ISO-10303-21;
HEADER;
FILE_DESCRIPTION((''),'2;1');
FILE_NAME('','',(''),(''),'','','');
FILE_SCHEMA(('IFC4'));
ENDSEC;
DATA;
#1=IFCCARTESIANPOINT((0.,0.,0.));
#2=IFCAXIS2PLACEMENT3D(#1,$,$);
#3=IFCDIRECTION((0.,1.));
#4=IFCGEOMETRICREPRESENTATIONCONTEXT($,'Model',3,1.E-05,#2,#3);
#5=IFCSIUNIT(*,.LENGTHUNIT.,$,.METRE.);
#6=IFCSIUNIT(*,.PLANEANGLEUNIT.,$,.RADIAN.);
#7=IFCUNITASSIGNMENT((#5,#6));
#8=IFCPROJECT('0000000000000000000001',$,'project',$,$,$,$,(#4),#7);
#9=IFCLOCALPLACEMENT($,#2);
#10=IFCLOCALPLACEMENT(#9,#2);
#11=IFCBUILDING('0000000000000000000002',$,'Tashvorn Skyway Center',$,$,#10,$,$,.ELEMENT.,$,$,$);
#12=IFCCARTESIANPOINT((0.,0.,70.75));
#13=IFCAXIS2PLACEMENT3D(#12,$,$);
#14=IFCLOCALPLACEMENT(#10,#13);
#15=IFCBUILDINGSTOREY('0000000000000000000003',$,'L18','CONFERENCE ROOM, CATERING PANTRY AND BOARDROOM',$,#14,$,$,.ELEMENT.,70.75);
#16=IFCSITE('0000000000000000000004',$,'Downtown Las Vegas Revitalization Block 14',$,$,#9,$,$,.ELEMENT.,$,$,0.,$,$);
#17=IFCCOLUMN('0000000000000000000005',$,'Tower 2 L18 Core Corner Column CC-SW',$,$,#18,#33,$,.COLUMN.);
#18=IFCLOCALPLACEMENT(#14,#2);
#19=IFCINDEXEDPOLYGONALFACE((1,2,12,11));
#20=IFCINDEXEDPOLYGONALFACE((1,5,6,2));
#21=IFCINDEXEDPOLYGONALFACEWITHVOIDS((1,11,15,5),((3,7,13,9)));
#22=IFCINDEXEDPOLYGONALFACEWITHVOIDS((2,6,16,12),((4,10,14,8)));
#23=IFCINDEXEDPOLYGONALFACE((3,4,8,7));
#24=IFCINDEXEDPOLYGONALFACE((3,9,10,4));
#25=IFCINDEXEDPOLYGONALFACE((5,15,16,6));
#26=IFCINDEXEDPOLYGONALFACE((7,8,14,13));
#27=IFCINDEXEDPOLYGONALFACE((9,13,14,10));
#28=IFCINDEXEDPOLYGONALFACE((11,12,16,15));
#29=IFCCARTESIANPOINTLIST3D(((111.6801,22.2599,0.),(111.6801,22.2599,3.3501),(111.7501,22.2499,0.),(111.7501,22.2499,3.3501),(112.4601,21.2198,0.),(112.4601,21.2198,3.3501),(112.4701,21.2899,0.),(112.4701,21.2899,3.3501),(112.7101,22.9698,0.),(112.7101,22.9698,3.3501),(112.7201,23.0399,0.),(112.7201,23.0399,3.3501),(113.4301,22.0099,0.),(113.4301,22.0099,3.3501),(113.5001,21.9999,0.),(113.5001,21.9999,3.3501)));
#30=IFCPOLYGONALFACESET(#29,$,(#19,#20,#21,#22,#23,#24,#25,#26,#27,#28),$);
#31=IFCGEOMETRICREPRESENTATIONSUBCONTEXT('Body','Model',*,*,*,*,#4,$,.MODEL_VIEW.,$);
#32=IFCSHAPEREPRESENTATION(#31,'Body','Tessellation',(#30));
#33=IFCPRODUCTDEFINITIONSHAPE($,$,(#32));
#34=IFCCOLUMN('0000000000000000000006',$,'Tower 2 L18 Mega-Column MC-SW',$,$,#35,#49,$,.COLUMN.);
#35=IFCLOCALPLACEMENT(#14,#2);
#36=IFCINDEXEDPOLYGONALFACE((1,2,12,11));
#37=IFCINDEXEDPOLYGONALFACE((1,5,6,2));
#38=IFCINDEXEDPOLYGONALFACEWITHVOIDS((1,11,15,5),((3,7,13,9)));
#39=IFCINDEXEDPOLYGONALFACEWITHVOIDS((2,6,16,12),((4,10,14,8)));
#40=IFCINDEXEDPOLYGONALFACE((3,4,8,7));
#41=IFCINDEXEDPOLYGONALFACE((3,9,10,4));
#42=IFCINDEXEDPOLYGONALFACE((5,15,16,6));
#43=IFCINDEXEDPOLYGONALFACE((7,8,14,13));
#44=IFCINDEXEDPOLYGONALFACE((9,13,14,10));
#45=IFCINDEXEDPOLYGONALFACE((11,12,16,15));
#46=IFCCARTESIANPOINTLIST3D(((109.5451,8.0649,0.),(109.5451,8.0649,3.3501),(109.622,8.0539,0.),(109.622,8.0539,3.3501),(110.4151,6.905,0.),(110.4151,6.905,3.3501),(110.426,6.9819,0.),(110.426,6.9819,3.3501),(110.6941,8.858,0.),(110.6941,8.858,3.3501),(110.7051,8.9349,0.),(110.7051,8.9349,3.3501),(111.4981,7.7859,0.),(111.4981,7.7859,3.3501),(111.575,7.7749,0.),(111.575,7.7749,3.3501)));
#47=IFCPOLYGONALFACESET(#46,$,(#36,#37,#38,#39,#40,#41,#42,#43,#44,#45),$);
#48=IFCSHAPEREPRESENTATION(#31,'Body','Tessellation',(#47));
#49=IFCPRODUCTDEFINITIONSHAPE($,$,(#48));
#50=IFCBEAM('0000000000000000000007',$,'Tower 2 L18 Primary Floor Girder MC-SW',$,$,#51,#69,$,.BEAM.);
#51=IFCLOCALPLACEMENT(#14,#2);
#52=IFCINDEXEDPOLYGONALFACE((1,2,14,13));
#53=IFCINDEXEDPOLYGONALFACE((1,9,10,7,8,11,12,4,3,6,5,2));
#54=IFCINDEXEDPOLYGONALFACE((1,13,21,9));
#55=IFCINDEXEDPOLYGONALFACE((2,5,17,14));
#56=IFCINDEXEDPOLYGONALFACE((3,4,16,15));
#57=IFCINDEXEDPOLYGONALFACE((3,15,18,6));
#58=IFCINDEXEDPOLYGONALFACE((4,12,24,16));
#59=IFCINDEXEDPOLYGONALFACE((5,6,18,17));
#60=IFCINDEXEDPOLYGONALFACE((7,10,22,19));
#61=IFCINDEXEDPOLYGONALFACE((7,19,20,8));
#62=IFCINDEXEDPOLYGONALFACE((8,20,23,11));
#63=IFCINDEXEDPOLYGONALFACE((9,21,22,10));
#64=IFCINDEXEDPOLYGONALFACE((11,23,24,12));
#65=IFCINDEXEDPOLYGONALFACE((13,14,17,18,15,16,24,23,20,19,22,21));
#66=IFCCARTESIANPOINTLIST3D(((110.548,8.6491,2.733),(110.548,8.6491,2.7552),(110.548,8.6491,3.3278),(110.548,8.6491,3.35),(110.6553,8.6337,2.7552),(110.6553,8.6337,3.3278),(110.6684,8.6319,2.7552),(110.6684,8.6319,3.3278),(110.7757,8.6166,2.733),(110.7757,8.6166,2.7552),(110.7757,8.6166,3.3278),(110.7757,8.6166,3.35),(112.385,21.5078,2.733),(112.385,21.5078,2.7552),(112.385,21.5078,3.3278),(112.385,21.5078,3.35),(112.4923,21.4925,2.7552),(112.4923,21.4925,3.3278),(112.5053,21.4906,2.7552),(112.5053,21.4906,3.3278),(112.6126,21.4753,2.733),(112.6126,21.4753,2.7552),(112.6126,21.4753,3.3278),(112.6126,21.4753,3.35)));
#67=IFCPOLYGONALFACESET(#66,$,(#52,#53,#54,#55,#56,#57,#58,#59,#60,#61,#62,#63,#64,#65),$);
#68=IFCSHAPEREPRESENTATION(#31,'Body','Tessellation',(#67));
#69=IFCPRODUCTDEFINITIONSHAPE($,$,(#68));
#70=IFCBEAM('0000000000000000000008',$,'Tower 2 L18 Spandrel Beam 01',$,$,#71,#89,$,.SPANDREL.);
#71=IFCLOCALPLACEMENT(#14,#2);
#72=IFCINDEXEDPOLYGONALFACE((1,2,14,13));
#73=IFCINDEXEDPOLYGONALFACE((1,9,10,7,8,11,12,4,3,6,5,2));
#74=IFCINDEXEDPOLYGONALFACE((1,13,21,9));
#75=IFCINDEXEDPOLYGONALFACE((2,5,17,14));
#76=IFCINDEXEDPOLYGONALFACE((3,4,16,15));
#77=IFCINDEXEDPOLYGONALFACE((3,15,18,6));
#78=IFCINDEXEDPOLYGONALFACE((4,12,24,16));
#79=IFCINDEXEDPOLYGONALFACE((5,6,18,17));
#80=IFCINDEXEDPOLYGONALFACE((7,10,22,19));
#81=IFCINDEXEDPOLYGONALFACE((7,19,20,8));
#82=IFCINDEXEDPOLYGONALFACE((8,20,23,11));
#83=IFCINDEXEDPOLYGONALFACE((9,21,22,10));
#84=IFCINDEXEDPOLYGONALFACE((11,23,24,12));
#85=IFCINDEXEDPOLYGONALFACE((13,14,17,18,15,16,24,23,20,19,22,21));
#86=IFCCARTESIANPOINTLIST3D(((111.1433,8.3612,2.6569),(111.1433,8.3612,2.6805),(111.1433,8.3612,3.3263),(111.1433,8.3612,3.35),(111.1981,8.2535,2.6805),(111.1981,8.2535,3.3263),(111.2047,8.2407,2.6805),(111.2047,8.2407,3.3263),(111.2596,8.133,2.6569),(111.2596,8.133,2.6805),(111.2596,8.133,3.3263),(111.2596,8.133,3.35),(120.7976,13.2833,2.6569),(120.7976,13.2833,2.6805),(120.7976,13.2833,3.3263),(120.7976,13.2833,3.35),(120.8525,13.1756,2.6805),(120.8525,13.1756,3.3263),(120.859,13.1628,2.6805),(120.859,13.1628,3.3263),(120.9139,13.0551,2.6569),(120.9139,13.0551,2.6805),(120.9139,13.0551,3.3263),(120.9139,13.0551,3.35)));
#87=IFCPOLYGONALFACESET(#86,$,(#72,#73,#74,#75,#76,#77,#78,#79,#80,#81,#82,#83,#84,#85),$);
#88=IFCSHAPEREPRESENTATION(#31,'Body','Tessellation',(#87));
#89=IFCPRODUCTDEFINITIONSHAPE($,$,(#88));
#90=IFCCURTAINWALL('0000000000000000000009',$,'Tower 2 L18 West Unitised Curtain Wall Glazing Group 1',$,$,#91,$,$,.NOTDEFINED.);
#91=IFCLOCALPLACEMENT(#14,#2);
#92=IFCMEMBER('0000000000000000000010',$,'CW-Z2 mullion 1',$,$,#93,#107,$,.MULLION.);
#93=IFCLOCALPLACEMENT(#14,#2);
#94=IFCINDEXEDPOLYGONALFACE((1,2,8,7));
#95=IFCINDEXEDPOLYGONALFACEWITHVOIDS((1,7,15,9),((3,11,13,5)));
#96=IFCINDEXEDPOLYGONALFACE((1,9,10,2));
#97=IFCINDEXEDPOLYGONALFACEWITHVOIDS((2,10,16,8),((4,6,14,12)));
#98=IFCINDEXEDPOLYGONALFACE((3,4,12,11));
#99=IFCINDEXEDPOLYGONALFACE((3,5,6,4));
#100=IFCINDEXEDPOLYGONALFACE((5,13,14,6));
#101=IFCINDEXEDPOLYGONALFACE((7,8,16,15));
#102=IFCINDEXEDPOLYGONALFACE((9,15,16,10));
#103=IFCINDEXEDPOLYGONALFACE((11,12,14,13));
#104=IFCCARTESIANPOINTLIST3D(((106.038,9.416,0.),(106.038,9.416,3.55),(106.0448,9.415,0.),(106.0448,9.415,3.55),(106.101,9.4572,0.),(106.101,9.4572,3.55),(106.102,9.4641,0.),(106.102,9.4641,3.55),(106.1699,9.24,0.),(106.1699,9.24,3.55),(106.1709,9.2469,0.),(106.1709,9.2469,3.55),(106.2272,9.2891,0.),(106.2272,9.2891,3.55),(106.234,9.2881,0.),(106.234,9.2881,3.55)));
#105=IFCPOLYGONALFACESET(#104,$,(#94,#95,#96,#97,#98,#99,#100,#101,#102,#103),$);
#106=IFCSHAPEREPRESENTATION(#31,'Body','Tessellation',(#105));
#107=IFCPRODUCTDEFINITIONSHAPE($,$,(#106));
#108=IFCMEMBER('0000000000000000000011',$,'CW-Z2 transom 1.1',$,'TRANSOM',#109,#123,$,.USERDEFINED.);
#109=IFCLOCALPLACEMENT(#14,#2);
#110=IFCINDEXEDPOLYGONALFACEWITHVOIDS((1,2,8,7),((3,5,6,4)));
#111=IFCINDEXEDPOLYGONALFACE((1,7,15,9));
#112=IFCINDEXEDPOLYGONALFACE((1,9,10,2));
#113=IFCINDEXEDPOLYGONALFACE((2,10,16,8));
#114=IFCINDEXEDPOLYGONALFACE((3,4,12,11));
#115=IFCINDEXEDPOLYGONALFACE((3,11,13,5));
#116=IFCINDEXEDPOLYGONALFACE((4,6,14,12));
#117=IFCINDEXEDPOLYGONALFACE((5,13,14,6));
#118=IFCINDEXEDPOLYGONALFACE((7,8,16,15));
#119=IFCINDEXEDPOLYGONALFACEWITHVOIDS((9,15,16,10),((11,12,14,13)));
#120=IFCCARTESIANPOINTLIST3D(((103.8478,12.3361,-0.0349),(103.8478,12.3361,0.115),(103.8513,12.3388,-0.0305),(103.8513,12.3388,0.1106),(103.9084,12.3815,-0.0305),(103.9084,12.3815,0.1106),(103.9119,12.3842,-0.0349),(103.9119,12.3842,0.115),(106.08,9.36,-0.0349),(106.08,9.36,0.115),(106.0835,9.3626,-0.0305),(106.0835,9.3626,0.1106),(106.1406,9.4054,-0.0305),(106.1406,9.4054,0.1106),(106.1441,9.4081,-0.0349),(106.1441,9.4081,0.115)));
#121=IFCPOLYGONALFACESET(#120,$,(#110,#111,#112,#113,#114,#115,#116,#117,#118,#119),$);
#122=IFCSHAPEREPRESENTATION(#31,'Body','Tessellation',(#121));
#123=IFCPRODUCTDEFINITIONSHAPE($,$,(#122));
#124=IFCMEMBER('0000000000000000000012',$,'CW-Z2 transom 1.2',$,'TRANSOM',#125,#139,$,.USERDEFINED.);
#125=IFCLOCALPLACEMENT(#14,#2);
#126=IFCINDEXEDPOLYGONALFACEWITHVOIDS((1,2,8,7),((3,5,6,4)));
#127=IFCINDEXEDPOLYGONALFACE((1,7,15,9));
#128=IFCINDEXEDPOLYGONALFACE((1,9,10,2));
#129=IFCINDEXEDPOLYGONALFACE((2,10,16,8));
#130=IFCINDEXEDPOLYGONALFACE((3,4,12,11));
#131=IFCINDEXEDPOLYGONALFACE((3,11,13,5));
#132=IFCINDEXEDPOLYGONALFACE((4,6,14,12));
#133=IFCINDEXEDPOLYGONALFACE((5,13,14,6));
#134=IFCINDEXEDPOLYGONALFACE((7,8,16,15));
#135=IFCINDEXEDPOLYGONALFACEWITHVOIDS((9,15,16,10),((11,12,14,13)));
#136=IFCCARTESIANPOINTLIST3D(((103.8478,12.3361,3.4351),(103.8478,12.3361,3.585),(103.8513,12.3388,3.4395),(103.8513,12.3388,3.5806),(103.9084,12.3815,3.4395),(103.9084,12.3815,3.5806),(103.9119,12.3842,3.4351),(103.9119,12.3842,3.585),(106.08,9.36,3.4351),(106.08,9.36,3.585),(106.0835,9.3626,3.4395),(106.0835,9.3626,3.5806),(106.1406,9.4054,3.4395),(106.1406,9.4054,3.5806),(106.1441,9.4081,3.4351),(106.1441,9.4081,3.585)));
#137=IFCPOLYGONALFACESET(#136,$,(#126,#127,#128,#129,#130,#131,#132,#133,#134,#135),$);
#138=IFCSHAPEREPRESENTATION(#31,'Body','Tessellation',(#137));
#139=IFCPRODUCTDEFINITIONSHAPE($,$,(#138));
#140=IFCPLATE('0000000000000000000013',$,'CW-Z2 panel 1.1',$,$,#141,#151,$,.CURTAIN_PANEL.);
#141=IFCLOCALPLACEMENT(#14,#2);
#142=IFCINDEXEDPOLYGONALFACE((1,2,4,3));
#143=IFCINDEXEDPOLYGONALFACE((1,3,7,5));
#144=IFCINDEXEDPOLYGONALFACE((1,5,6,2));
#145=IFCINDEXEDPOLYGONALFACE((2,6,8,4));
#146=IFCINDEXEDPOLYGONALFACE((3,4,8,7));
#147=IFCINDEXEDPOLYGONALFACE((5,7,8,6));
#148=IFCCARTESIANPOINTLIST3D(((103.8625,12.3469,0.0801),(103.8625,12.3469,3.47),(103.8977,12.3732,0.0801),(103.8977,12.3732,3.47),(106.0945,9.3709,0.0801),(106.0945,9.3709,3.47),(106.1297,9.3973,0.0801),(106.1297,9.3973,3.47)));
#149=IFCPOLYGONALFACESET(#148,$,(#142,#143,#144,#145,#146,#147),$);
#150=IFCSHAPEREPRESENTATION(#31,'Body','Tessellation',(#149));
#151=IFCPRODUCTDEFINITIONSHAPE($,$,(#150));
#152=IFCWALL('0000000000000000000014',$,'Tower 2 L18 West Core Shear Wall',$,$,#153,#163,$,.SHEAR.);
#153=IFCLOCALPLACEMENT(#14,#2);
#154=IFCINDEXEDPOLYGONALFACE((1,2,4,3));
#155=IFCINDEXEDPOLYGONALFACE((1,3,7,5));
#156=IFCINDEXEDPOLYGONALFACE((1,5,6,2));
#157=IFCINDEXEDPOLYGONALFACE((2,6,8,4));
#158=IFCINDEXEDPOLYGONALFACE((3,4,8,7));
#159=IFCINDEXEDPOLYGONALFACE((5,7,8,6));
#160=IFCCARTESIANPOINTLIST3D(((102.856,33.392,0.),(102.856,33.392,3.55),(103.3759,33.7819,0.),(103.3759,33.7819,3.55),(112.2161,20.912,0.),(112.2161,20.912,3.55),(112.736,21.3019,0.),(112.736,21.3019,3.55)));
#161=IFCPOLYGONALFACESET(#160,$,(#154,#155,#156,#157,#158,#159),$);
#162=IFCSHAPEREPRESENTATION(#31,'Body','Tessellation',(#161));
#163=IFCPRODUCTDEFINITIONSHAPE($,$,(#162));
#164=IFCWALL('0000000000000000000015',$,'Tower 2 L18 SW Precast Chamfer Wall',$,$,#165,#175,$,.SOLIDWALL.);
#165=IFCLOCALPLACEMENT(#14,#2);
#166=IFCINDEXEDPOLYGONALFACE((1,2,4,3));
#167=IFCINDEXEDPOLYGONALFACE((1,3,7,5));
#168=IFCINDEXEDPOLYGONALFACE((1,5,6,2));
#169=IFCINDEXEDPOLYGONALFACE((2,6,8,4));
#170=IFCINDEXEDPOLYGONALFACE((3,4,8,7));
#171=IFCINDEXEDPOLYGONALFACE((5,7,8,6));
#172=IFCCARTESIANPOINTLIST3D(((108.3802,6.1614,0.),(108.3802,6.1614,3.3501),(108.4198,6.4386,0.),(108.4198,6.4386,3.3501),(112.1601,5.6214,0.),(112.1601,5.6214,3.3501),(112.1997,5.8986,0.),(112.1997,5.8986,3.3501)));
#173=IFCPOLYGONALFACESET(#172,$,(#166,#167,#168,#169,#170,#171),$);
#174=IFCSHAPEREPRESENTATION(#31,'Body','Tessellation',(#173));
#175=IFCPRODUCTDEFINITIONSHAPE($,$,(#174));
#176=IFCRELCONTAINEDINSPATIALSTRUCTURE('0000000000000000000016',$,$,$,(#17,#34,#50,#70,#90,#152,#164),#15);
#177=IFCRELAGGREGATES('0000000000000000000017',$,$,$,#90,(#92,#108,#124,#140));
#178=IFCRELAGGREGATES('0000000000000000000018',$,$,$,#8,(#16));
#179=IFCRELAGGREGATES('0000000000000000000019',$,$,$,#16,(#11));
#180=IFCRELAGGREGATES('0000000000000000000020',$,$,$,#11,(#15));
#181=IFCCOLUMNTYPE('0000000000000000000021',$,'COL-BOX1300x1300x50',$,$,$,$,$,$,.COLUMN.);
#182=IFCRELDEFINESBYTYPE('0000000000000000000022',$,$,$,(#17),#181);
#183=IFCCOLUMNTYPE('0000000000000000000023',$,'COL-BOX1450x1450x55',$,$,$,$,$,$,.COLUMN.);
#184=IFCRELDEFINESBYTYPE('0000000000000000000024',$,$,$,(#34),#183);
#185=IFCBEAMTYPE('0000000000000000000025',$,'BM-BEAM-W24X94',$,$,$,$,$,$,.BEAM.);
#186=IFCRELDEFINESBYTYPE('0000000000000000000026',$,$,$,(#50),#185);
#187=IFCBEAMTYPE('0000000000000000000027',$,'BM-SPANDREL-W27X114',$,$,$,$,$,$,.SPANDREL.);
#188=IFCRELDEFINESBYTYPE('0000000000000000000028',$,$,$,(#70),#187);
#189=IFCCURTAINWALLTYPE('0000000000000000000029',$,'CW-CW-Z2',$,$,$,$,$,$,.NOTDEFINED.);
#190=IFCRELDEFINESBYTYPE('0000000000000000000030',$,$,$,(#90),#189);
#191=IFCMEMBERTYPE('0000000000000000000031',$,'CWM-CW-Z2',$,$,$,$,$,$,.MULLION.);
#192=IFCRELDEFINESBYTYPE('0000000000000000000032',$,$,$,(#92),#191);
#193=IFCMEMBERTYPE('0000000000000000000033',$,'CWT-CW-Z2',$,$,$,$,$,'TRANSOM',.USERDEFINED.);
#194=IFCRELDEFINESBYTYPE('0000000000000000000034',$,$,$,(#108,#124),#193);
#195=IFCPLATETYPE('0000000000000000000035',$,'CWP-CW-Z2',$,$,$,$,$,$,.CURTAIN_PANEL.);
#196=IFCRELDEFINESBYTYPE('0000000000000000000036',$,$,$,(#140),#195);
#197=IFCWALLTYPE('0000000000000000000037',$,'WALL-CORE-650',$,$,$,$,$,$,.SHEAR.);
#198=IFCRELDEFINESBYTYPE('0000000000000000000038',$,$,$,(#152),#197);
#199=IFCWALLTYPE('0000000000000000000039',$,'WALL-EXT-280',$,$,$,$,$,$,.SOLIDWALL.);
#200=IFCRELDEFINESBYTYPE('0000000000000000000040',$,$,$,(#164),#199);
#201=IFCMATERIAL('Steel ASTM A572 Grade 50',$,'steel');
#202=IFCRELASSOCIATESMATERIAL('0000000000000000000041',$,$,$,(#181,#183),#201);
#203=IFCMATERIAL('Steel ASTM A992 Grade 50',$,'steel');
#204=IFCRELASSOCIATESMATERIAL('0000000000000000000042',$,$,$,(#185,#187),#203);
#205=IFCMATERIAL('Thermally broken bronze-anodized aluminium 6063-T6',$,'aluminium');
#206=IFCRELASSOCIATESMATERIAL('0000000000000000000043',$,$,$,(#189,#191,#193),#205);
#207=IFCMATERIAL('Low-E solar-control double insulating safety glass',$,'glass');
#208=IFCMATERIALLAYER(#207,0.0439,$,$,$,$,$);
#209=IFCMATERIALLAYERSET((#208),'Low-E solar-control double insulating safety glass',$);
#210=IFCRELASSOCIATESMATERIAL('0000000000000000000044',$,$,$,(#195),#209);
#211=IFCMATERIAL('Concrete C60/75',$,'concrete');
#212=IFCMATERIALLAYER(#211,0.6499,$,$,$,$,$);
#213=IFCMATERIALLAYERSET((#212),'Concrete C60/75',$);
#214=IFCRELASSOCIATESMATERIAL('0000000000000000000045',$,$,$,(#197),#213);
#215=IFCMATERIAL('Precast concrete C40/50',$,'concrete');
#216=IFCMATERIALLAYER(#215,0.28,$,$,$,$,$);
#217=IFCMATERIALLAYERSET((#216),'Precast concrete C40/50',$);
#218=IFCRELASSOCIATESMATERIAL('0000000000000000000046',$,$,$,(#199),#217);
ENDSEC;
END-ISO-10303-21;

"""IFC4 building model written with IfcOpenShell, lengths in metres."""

from ifc_helpers import new_model, si_unit, direction, frame, frame_2d, origin, origin_2d, place, context, subcontext, project, spatial, rectangle, hollow_rectangle, i_section, extrude, material, layer, layer_set, material_profile, profile_set, type_object, element, aggregate, save


model = new_model("IFC4")

# Units and contexts
model_context = context("Model", 3, precision=1e-05, world=origin(), true_north=direction((0.0, 1.0)))
body_context = subcontext(model_context, "Body", "Model", "MODEL_VIEW")
ifc_project = project(units=[si_unit("LENGTHUNIT", "METRE"), si_unit("PLANEANGLEUNIT", "RADIAN")], contexts=[model_context])

# Site, building, storey
site_placement = place(None, origin())
site = spatial("IfcSite", under=ifc_project, at=site_placement, Name="Downtown Las Vegas Revitalization Block 14", CompositionType="ELEMENT", RefElevation=0.0)
building_placement = place(site_placement, origin())
building = spatial("IfcBuilding", under=site, at=building_placement, Name="Tashvorn Skyway Center", CompositionType="ELEMENT")
storey_placement = place(building_placement, frame((0.0, 0.0, 70.75)))
storey = spatial("IfcBuildingStorey", under=building, at=storey_placement, Name="L18", Description="CONFERENCE ROOM, CATERING PANTRY AND BOARDROOM", CompositionType="ELEMENT", Elevation=70.75)

# Columns
ifc_material_1 = material(Name="Steel ASTM A572 Grade 50", Category="steel")
ifc_material_profile_1 = material_profile(ifc_material_1, hollow_rectangle(XDim=1.3, YDim=1.3, WallThickness=0.05, at=origin_2d()), Name="BOX1300x1300x50")
ifc_profile_set_1 = profile_set([ifc_material_profile_1], Name="Steel ASTM A572 Grade 50")
column_type_1 = type_object("IfcColumnType", Name="COL-BOX1300x1300x50", PredefinedType="COLUMN", material=ifc_profile_set_1)
column_1_placement = place(storey_placement, frame((112.5901, 22.1299, 0.0), z_axis=(0.0, 0.0, 1.0), x_axis=(0.8, 0.6, 0.0)))
element("IfcColumn", 1, at=column_1_placement, inside=storey, type_object=column_type_1, Name="Tower 2 L18 Core Corner Column CC-SW", PredefinedType="COLUMN", context=body_context, shape_type="SweptSolid", body=[
    extrude(hollow_rectangle(XDim=1.3, YDim=1.3, WallThickness=0.05, at=origin_2d()), origin(), (0.0, 0.0, 1.0), 3.3501),
])
ifc_material_profile_2 = material_profile(ifc_material_1, hollow_rectangle(XDim=1.45, YDim=1.45, WallThickness=0.0549, at=origin_2d()), Name="BOX1450x1450x55")
ifc_profile_set_2 = profile_set([ifc_material_profile_2], Name="Steel ASTM A572 Grade 50")
column_type_2 = type_object("IfcColumnType", Name="COL-BOX1450x1450x55", PredefinedType="COLUMN", material=ifc_profile_set_2)
column_2_placement = place(storey_placement, frame((110.5601, 7.9199, 0.0), z_axis=(0.0, 0.0, 1.0), x_axis=(0.8, 0.6, 0.0)))
element("IfcColumn", 2, at=column_2_placement, inside=storey, type_object=column_type_2, Name="Tower 2 L18 Mega-Column MC-SW", PredefinedType="COLUMN", context=body_context, shape_type="SweptSolid", body=[
    extrude(hollow_rectangle(XDim=1.45, YDim=1.45, WallThickness=0.0549, at=origin_2d()), origin(), (0.0, 0.0, 1.0), 3.3501),
])

# Beams
ifc_material_2 = material(Name="Steel ASTM A992 Grade 50", Category="steel")
ifc_material_profile_3 = material_profile(ifc_material_2, i_section(OverallWidth=0.23, OverallDepth=0.6169, WebThickness=0.0132, FlangeThickness=0.0222, at=origin_2d()), Name="W24X94")
ifc_profile_set_3 = profile_set([ifc_material_profile_3], Name="Steel ASTM A992 Grade 50")
beam_type_1 = type_object("IfcBeamType", Name="BM-BEAM-W24X94", PredefinedType="BEAM", material=ifc_profile_set_3)
beam_1_placement = place(storey_placement, frame((110.6619, 8.6328, 3.0415), z_axis=(0.141419, 0.98995, 0.0), x_axis=(-0.98995, 0.141419, 0.0)))
element("IfcBeam", 3, at=beam_1_placement, inside=storey, type_object=beam_type_1, Name="Tower 2 L18 Primary Floor Girder MC-SW", PredefinedType="BEAM", context=body_context, shape_type="SweptSolid", body=[
    extrude(i_section(OverallWidth=0.23, OverallDepth=0.6169, WebThickness=0.0132, FlangeThickness=0.0222, at=origin_2d()), origin(), (0.0, 0.0, 1.0), 12.9893),
])
ifc_material_profile_4 = material_profile(ifc_material_2, i_section(OverallWidth=0.2561, OverallDepth=0.6931, WebThickness=0.0144, FlangeThickness=0.0237, at=origin_2d()), Name="W27X114")
ifc_profile_set_4 = profile_set([ifc_material_profile_4], Name="Steel ASTM A992 Grade 50")
beam_type_2 = type_object("IfcBeamType", Name="BM-SPANDREL-W27X114", PredefinedType="SPANDREL", material=ifc_profile_set_4)
beam_2_placement = place(storey_placement, frame((111.2014, 8.2471, 3.0034), z_axis=(0.890894, 0.454211, 0.0), x_axis=(-0.454211, 0.890894, 0.0)))
element("IfcBeam", 4, at=beam_2_placement, inside=storey, type_object=beam_type_2, Name="Tower 2 L18 Spandrel Beam 01", PredefinedType="SPANDREL", context=body_context, shape_type="SweptSolid", body=[
    extrude(i_section(OverallWidth=0.2561, OverallDepth=0.6931, WebThickness=0.0144, FlangeThickness=0.0237, at=origin_2d()), origin(), (0.0, 0.0, 1.0), 10.8367),
])

# Curtain wall, members, plate
ifc_material_3 = material(Name="Thermally broken bronze-anodized aluminium 6063-T6", Category="aluminium")
curtain_wall_type = type_object("IfcCurtainWallType", Name="CW-CW-Z2", PredefinedType="NOTDEFINED", material=ifc_material_3)
curtain_wall_placement = place(storey_placement, origin())
curtain_wall = element("IfcCurtainWall", 5, at=curtain_wall_placement, inside=storey, type_object=curtain_wall_type, Name="Tower 2 L18 West Unitised Curtain Wall Glazing Group 1", PredefinedType="NOTDEFINED")
ifc_material_profile_5 = material_profile(ifc_material_3, hollow_rectangle(XDim=0.0801, YDim=0.22, WallThickness=0.0049, at=origin_2d()), Name="ALU-MULL-80x220")
ifc_profile_set_5 = profile_set([ifc_material_profile_5], Name="Thermally broken bronze-anodized aluminium 6063-T6")
member_type_1 = type_object("IfcMemberType", Name="CWM-CW-Z2", PredefinedType="MULLION", material=ifc_profile_set_5)
member_1_placement = place(storey_placement, frame((106.136, 9.3521, 0.0), z_axis=(0.0, 0.0, 1.0), x_axis=(-0.8, -0.6, 0.0)))
member_1 = element("IfcMember", 6, at=member_1_placement, type_object=member_type_1, Name="CW-Z2 mullion 1", PredefinedType="MULLION", context=body_context, shape_type="SweptSolid", body=[
    extrude(hollow_rectangle(XDim=0.0801, YDim=0.22, WallThickness=0.0049, at=origin_2d()), origin(), (0.0, 0.0, 1.0), 3.55),
])
ifc_material_profile_6 = material_profile(ifc_material_3, hollow_rectangle(XDim=0.0801, YDim=0.1499, WallThickness=0.0044, at=origin_2d()), Name="ALU-TRAN-80x150")
ifc_profile_set_6 = profile_set([ifc_material_profile_6], Name="Thermally broken bronze-anodized aluminium 6063-T6")
member_type_2 = type_object("IfcMemberType", Name="CWT-CW-Z2", ElementType="TRANSOM", PredefinedType="USERDEFINED", material=ifc_profile_set_6)
member_2_placement = place(storey_placement, frame((106.1121, 9.384, 0.04), z_axis=(-0.600021, 0.799984, 0.0), x_axis=(-0.799984, -0.600021, 0.0)))
member_2 = element("IfcMember", 7, at=member_2_placement, type_object=member_type_2, Name="CW-Z2 transom 1.1", ObjectType="TRANSOM", PredefinedType="USERDEFINED", context=body_context, shape_type="SweptSolid", body=[
    extrude(hollow_rectangle(XDim=0.0801, YDim=0.1499, WallThickness=0.0044, at=origin_2d()), origin(), (0.0, 0.0, 1.0), 3.7202),
])
member_3_placement = place(storey_placement, frame((106.1121, 9.384, 3.51), z_axis=(-0.600021, 0.799984, 0.0), x_axis=(-0.799984, -0.600021, 0.0)))
member_3 = element("IfcMember", 8, at=member_3_placement, type_object=member_type_2, Name="CW-Z2 transom 1.2", ObjectType="TRANSOM", PredefinedType="USERDEFINED", context=body_context, shape_type="SweptSolid", body=[
    extrude(hollow_rectangle(XDim=0.0801, YDim=0.1499, WallThickness=0.0044, at=origin_2d()), origin(), (0.0, 0.0, 1.0), 3.7202),
])
ifc_material_4 = material(Name="Low-E solar-control double insulating safety glass", Category="glass")
ifc_layer_1 = layer(ifc_material_4, 0.0439)
ifc_layer_set_1 = layer_set([ifc_layer_1], Name="Low-E solar-control double insulating safety glass")
plate_type = type_object("IfcPlateType", Name="CWP-CW-Z2", PredefinedType="CURTAIN_PANEL", material=ifc_layer_set_1)
plate_placement = place(storey_placement, frame((104.9961, 10.8721, 0.0801), z_axis=(0.0, 0.0, 1.0), x_axis=(-0.6, 0.8, 0.0)))
plate = element("IfcPlate", 9, at=plate_placement, type_object=plate_type, Name="CW-Z2 panel 1.1", PredefinedType="CURTAIN_PANEL", context=body_context, shape_type="SweptSolid", body=[
    extrude(rectangle(XDim=3.72, YDim=0.0439, at=origin_2d()), origin(), (0.0, 0.0, 1.0), 3.3899),
])
aggregate(curtain_wall, [member_1, member_2, member_3, plate])

# Walls
ifc_material_5 = material(Name="Concrete C60/75", Category="concrete")
ifc_layer_2 = layer(ifc_material_5, 0.6499)
ifc_layer_set_2 = layer_set([ifc_layer_2], Name="Concrete C60/75")
wall_type_1 = type_object("IfcWallType", Name="WALL-CORE-650", PredefinedType="SHEAR", material=ifc_layer_set_2)
wall_1_placement = place(storey_placement, frame((112.4761, 21.1069, 0.0), z_axis=(0.0, 0.0, 1.0), x_axis=(-0.600005, 0.799996, 0.0)))
element("IfcWall", 10, at=wall_1_placement, inside=storey, type_object=wall_type_1, Name="Tower 2 L18 West Core Shear Wall", PredefinedType="SHEAR", context=body_context, shape_type="SweptSolid", body=[
    extrude(rectangle(XDim=15.6001, YDim=0.6499, at=frame_2d((7.8, 0.0))), origin(), (0.0, 0.0, 1.0), 3.55),
])
ifc_material_6 = material(Name="Precast concrete C40/50", Category="concrete")
ifc_layer_3 = layer(ifc_material_6, 0.28)
ifc_layer_set_3 = layer_set([ifc_layer_3], Name="Precast concrete C40/50")
wall_type_2 = type_object("IfcWallType", Name="WALL-EXT-280", PredefinedType="SOLIDWALL", material=ifc_layer_set_3)
wall_2_placement = place(storey_placement, frame((112.1799, 5.76, 0.0), z_axis=(0.0, 0.0, 1.0), x_axis=(-0.989948, 0.14143, 0.0)))
element("IfcWall", 11, at=wall_2_placement, inside=storey, type_object=wall_type_2, Name="Tower 2 L18 SW Precast Chamfer Wall", PredefinedType="SOLIDWALL", context=body_context, shape_type="SweptSolid", body=[
    extrude(rectangle(XDim=3.8184, YDim=0.28, at=frame_2d((1.9092, 0.0))), origin(), (0.0, 0.0, 1.0), 3.3501),
])

save(model, "model.ifc")
